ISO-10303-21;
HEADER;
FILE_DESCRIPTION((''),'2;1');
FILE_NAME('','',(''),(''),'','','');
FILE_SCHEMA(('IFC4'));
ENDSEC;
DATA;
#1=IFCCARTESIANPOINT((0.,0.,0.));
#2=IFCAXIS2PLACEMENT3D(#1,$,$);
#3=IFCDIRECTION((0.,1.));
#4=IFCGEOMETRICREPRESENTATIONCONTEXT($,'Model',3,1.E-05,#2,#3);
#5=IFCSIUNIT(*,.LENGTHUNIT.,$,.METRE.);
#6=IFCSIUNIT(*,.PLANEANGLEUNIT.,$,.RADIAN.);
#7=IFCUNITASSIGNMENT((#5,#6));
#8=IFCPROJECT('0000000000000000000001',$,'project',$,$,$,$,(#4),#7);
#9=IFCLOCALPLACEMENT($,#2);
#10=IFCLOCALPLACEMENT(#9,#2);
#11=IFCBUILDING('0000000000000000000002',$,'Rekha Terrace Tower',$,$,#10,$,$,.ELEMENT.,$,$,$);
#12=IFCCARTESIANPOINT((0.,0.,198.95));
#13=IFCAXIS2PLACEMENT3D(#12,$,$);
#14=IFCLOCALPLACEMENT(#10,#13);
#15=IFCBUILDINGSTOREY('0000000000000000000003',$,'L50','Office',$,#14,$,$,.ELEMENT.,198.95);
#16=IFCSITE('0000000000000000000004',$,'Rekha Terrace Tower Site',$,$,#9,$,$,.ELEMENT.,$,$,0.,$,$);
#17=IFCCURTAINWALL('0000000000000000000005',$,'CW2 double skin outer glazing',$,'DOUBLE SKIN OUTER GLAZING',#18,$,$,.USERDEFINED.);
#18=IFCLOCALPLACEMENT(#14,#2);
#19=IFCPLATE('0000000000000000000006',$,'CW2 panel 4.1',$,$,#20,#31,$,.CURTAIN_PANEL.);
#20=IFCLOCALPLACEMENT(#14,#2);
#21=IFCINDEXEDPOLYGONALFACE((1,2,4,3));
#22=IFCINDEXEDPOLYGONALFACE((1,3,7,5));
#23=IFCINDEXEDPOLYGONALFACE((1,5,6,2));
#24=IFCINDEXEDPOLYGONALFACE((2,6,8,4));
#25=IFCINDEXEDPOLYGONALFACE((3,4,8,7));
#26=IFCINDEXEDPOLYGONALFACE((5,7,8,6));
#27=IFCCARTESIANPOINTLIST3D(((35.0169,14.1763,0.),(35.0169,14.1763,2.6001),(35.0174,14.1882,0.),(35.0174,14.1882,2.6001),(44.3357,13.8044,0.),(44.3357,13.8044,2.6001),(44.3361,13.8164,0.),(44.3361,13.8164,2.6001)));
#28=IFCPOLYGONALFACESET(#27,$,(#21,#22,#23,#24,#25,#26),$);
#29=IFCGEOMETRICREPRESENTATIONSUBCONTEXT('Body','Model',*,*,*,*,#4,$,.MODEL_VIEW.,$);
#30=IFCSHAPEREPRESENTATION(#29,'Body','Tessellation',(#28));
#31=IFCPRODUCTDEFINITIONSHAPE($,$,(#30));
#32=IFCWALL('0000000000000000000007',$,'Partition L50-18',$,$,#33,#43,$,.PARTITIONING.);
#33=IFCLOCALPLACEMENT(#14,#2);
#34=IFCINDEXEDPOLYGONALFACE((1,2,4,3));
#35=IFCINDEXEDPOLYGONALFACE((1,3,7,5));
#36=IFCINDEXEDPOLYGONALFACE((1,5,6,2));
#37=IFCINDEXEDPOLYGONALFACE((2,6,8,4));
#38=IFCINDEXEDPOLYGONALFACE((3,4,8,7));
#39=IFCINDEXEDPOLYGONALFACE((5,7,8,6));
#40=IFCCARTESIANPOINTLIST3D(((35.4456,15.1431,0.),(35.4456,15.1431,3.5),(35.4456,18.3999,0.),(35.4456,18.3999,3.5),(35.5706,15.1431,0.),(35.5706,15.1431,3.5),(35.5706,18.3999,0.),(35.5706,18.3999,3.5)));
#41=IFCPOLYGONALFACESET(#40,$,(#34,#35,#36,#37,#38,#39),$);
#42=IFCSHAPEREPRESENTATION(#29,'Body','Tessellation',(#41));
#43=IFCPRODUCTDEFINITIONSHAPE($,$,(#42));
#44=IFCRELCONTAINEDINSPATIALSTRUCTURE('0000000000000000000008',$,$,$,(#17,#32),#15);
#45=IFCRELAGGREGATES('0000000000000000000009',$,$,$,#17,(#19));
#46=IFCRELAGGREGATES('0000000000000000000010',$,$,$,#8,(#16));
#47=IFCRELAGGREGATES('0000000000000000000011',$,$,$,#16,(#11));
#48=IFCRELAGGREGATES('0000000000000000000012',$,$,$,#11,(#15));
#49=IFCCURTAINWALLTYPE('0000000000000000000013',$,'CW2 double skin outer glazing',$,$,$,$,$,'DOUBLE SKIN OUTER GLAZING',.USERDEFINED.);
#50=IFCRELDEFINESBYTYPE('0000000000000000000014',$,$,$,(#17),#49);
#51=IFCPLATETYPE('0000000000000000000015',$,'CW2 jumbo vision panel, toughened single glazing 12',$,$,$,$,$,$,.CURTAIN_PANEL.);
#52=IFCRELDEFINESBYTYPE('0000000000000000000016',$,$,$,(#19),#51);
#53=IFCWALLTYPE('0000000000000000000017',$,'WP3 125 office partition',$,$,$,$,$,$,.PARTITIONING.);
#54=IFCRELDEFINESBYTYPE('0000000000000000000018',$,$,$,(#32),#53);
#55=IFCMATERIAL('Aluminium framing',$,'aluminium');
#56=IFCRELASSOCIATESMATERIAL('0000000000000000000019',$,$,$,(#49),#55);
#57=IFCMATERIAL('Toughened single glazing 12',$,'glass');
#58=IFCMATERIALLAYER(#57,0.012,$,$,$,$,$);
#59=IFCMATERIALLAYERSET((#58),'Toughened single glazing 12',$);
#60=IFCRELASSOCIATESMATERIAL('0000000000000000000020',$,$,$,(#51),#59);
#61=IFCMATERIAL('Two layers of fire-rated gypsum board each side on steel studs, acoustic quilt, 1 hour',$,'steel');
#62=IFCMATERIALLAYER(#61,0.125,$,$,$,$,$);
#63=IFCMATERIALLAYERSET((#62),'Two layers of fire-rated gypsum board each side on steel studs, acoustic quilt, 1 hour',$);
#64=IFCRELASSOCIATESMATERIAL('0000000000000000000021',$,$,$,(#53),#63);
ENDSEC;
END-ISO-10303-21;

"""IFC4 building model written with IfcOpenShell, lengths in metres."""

from ifc_helpers import new_model, si_unit, direction, frame, frame_2d, origin, origin_2d, place, context, subcontext, project, spatial, rectangle, extrude, material, layer, layer_set, type_object, element, aggregate, save


model = new_model("IFC4")

# Units and contexts
model_context = context("Model", 3, precision=1e-05, world=origin(), true_north=direction((0.0, 1.0)))
body_context = subcontext(model_context, "Body", "Model", "MODEL_VIEW")
ifc_project = project(units=[si_unit("LENGTHUNIT", "METRE"), si_unit("PLANEANGLEUNIT", "RADIAN")], contexts=[model_context])

# Site, building, storey
site_placement = place(None, origin())
site = spatial("IfcSite", under=ifc_project, at=site_placement, Name="Rekha Terrace Tower Site", CompositionType="ELEMENT", RefElevation=0.0)
building_placement = place(site_placement, origin())
building = spatial("IfcBuilding", under=site, at=building_placement, Name="Rekha Terrace Tower", CompositionType="ELEMENT")
storey_placement = place(building_placement, frame((0.0, 0.0, 198.95)))
storey = spatial("IfcBuildingStorey", under=building, at=storey_placement, Name="L50", Description="Office", CompositionType="ELEMENT", Elevation=198.95)

# Curtain wall
ifc_material_1 = material(Name="Aluminium framing", Category="aluminium")
curtain_wall_type_1 = type_object("IfcCurtainWallType", Name="CW2 double skin outer glazing", ElementType="DOUBLE SKIN OUTER GLAZING", PredefinedType="USERDEFINED", material=ifc_material_1)
curtain_wall_1_placement = place(storey_placement, origin())
curtain_wall_1 = element("IfcCurtainWall", 1, at=curtain_wall_1_placement, inside=storey, type_object=curtain_wall_type_1, Name="CW2 double skin outer glazing", ObjectType="DOUBLE SKIN OUTER GLAZING", PredefinedType="USERDEFINED")

# Plate
ifc_material_2 = material(Name="Toughened single glazing 12", Category="glass")
ifc_layer_1 = layer(ifc_material_2, 0.012)
ifc_layer_set_1 = layer_set([ifc_layer_1], Name="Toughened single glazing 12")
plate_type_1 = type_object("IfcPlateType", Name="CW2 jumbo vision panel, toughened single glazing 12", PredefinedType="CURTAIN_PANEL", material=ifc_layer_set_1)
plate_1_placement = place(storey_placement, frame((39.6765, 13.9963, 0.0), z_axis=(0.0, 0.0, 1.0), x_axis=(0.999205, -0.039872, 0.0)))
plate_1 = element("IfcPlate", 2, at=plate_1_placement, type_object=plate_type_1, Name="CW2 panel 4.1", PredefinedType="CURTAIN_PANEL", context=body_context, shape_type="SweptSolid", body=[
    extrude(rectangle(XDim=9.3262, YDim=0.012, at=origin_2d()), origin(), (0.0, 0.0, 1.0), 2.6001),
])
aggregate(curtain_wall_1, [plate_1])

# Wall
ifc_material_3 = material(Name="Two layers of fire-rated gypsum board each side on steel studs, acoustic quilt, 1 hour", Category="steel")
ifc_layer_2 = layer(ifc_material_3, 0.125)
ifc_layer_set_2 = layer_set([ifc_layer_2], Name="Two layers of fire-rated gypsum board each side on steel studs, acoustic quilt, 1 hour")
wall_type = type_object("IfcWallType", Name="WP3 125 office partition", PredefinedType="PARTITIONING", material=ifc_layer_set_2)
wall_placement = place(storey_placement, frame((35.5081, 15.1431, 0.0), z_axis=(0.0, 0.0, 1.0), x_axis=(0.0, 1.0, 0.0)))
element("IfcWall", 3, at=wall_placement, inside=storey, type_object=wall_type, Name="Partition L50-18", PredefinedType="PARTITIONING", context=body_context, shape_type="SweptSolid", body=[
    extrude(rectangle(XDim=3.2568, YDim=0.125, at=frame_2d((1.6284, 0.0))), origin(), (0.0, 0.0, 1.0), 3.5),
])

save(model, "model.ifc")
